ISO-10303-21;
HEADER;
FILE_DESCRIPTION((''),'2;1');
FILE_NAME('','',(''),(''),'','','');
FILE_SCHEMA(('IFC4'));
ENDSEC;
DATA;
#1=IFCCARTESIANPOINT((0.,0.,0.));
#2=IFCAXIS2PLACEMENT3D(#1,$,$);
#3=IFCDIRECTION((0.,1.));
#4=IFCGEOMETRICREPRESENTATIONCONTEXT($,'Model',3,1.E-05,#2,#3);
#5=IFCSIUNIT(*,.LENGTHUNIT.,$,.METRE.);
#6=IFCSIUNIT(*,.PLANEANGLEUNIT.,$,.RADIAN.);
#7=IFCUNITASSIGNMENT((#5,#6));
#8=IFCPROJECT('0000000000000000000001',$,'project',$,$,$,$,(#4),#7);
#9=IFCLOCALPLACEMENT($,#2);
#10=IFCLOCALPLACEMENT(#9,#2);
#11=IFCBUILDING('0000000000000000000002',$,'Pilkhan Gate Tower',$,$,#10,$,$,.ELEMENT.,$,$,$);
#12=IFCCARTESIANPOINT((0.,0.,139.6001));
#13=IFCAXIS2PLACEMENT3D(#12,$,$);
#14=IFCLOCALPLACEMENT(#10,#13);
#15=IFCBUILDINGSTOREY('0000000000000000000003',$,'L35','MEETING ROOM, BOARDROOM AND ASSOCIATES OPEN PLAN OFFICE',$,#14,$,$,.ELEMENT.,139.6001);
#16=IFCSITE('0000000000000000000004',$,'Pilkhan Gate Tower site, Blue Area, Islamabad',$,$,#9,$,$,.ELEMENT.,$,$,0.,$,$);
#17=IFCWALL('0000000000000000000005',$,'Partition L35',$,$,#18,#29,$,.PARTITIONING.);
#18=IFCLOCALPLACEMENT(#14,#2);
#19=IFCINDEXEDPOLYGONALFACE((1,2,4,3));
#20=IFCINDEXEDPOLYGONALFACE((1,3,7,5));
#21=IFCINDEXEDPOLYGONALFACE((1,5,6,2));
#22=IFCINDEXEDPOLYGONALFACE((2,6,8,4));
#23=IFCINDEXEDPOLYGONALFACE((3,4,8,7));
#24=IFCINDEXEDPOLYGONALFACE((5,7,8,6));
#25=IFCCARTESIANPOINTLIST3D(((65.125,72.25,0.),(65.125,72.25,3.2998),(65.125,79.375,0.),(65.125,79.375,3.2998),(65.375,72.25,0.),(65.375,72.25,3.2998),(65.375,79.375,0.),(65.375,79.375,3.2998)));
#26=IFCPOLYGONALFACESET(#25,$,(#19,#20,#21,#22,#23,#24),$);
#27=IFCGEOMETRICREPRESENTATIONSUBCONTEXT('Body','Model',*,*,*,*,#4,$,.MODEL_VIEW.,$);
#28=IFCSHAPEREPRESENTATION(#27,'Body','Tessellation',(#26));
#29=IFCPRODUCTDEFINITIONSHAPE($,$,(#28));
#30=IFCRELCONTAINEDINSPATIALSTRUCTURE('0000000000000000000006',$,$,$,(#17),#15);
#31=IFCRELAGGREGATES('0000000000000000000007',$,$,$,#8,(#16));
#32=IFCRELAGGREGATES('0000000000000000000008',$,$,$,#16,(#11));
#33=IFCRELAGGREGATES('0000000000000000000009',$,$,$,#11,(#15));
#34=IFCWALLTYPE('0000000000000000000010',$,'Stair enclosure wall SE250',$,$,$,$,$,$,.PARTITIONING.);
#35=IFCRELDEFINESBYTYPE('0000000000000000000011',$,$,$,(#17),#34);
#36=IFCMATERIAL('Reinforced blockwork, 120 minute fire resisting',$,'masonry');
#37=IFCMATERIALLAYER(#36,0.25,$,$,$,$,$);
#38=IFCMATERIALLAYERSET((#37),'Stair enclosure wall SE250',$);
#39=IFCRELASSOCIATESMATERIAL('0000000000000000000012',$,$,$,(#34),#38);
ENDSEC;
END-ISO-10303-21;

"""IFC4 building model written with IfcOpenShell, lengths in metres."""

from ifc_helpers import new_model, si_unit, direction, frame, frame_2d, origin, place, context, subcontext, project, spatial, rectangle, extrude, material, layer, layer_set, type_object, element, save


model = new_model("IFC4")

# Units and contexts
model_context = context("Model", 3, precision=1e-05, world=origin(), true_north=direction((0.0, 1.0)))
body_context = subcontext(model_context, "Body", "Model", "MODEL_VIEW")
ifc_project = project(units=[si_unit("LENGTHUNIT", "METRE"), si_unit("PLANEANGLEUNIT", "RADIAN")], contexts=[model_context])

# Site, building, storey
site_placement = place(None, origin())
site = spatial("IfcSite", under=ifc_project, at=site_placement, Name="Pilkhan Gate Tower site, Blue Area, Islamabad", CompositionType="ELEMENT", RefElevation=0.0)
building_placement = place(site_placement, origin())
building = spatial("IfcBuilding", under=site, at=building_placement, Name="Pilkhan Gate Tower", CompositionType="ELEMENT")
storey_placement = place(building_placement, frame((0.0, 0.0, 139.6001)))
storey = spatial("IfcBuildingStorey", under=building, at=storey_placement, Name="L35", Description="MEETING ROOM, BOARDROOM AND ASSOCIATES OPEN PLAN OFFICE", CompositionType="ELEMENT", Elevation=139.6001)

# Wall
ifc_material_1 = material(Name="Reinforced blockwork, 120 minute fire resisting", Category="masonry")
ifc_layer_1 = layer(ifc_material_1, 0.25)
ifc_layer_set_1 = layer_set([ifc_layer_1], Name="Stair enclosure wall SE250")
wall_type_1 = type_object("IfcWallType", Name="Stair enclosure wall SE250", PredefinedType="PARTITIONING", material=ifc_layer_set_1)
wall_1_placement = place(storey_placement, frame((65.25, 72.25, 0.0), z_axis=(0.0, 0.0, 1.0), x_axis=(0.0, 1.0, 0.0)))
element("IfcWall", 1, at=wall_1_placement, inside=storey, type_object=wall_type_1, Name="Partition L35", PredefinedType="PARTITIONING", context=body_context, shape_type="SweptSolid", body=[
    extrude(rectangle(XDim=7.125, YDim=0.25, at=frame_2d((3.5625, 0.0))), origin(), (0.0, 0.0, 1.0), 3.2998),
])

save(model, "model.ifc")
